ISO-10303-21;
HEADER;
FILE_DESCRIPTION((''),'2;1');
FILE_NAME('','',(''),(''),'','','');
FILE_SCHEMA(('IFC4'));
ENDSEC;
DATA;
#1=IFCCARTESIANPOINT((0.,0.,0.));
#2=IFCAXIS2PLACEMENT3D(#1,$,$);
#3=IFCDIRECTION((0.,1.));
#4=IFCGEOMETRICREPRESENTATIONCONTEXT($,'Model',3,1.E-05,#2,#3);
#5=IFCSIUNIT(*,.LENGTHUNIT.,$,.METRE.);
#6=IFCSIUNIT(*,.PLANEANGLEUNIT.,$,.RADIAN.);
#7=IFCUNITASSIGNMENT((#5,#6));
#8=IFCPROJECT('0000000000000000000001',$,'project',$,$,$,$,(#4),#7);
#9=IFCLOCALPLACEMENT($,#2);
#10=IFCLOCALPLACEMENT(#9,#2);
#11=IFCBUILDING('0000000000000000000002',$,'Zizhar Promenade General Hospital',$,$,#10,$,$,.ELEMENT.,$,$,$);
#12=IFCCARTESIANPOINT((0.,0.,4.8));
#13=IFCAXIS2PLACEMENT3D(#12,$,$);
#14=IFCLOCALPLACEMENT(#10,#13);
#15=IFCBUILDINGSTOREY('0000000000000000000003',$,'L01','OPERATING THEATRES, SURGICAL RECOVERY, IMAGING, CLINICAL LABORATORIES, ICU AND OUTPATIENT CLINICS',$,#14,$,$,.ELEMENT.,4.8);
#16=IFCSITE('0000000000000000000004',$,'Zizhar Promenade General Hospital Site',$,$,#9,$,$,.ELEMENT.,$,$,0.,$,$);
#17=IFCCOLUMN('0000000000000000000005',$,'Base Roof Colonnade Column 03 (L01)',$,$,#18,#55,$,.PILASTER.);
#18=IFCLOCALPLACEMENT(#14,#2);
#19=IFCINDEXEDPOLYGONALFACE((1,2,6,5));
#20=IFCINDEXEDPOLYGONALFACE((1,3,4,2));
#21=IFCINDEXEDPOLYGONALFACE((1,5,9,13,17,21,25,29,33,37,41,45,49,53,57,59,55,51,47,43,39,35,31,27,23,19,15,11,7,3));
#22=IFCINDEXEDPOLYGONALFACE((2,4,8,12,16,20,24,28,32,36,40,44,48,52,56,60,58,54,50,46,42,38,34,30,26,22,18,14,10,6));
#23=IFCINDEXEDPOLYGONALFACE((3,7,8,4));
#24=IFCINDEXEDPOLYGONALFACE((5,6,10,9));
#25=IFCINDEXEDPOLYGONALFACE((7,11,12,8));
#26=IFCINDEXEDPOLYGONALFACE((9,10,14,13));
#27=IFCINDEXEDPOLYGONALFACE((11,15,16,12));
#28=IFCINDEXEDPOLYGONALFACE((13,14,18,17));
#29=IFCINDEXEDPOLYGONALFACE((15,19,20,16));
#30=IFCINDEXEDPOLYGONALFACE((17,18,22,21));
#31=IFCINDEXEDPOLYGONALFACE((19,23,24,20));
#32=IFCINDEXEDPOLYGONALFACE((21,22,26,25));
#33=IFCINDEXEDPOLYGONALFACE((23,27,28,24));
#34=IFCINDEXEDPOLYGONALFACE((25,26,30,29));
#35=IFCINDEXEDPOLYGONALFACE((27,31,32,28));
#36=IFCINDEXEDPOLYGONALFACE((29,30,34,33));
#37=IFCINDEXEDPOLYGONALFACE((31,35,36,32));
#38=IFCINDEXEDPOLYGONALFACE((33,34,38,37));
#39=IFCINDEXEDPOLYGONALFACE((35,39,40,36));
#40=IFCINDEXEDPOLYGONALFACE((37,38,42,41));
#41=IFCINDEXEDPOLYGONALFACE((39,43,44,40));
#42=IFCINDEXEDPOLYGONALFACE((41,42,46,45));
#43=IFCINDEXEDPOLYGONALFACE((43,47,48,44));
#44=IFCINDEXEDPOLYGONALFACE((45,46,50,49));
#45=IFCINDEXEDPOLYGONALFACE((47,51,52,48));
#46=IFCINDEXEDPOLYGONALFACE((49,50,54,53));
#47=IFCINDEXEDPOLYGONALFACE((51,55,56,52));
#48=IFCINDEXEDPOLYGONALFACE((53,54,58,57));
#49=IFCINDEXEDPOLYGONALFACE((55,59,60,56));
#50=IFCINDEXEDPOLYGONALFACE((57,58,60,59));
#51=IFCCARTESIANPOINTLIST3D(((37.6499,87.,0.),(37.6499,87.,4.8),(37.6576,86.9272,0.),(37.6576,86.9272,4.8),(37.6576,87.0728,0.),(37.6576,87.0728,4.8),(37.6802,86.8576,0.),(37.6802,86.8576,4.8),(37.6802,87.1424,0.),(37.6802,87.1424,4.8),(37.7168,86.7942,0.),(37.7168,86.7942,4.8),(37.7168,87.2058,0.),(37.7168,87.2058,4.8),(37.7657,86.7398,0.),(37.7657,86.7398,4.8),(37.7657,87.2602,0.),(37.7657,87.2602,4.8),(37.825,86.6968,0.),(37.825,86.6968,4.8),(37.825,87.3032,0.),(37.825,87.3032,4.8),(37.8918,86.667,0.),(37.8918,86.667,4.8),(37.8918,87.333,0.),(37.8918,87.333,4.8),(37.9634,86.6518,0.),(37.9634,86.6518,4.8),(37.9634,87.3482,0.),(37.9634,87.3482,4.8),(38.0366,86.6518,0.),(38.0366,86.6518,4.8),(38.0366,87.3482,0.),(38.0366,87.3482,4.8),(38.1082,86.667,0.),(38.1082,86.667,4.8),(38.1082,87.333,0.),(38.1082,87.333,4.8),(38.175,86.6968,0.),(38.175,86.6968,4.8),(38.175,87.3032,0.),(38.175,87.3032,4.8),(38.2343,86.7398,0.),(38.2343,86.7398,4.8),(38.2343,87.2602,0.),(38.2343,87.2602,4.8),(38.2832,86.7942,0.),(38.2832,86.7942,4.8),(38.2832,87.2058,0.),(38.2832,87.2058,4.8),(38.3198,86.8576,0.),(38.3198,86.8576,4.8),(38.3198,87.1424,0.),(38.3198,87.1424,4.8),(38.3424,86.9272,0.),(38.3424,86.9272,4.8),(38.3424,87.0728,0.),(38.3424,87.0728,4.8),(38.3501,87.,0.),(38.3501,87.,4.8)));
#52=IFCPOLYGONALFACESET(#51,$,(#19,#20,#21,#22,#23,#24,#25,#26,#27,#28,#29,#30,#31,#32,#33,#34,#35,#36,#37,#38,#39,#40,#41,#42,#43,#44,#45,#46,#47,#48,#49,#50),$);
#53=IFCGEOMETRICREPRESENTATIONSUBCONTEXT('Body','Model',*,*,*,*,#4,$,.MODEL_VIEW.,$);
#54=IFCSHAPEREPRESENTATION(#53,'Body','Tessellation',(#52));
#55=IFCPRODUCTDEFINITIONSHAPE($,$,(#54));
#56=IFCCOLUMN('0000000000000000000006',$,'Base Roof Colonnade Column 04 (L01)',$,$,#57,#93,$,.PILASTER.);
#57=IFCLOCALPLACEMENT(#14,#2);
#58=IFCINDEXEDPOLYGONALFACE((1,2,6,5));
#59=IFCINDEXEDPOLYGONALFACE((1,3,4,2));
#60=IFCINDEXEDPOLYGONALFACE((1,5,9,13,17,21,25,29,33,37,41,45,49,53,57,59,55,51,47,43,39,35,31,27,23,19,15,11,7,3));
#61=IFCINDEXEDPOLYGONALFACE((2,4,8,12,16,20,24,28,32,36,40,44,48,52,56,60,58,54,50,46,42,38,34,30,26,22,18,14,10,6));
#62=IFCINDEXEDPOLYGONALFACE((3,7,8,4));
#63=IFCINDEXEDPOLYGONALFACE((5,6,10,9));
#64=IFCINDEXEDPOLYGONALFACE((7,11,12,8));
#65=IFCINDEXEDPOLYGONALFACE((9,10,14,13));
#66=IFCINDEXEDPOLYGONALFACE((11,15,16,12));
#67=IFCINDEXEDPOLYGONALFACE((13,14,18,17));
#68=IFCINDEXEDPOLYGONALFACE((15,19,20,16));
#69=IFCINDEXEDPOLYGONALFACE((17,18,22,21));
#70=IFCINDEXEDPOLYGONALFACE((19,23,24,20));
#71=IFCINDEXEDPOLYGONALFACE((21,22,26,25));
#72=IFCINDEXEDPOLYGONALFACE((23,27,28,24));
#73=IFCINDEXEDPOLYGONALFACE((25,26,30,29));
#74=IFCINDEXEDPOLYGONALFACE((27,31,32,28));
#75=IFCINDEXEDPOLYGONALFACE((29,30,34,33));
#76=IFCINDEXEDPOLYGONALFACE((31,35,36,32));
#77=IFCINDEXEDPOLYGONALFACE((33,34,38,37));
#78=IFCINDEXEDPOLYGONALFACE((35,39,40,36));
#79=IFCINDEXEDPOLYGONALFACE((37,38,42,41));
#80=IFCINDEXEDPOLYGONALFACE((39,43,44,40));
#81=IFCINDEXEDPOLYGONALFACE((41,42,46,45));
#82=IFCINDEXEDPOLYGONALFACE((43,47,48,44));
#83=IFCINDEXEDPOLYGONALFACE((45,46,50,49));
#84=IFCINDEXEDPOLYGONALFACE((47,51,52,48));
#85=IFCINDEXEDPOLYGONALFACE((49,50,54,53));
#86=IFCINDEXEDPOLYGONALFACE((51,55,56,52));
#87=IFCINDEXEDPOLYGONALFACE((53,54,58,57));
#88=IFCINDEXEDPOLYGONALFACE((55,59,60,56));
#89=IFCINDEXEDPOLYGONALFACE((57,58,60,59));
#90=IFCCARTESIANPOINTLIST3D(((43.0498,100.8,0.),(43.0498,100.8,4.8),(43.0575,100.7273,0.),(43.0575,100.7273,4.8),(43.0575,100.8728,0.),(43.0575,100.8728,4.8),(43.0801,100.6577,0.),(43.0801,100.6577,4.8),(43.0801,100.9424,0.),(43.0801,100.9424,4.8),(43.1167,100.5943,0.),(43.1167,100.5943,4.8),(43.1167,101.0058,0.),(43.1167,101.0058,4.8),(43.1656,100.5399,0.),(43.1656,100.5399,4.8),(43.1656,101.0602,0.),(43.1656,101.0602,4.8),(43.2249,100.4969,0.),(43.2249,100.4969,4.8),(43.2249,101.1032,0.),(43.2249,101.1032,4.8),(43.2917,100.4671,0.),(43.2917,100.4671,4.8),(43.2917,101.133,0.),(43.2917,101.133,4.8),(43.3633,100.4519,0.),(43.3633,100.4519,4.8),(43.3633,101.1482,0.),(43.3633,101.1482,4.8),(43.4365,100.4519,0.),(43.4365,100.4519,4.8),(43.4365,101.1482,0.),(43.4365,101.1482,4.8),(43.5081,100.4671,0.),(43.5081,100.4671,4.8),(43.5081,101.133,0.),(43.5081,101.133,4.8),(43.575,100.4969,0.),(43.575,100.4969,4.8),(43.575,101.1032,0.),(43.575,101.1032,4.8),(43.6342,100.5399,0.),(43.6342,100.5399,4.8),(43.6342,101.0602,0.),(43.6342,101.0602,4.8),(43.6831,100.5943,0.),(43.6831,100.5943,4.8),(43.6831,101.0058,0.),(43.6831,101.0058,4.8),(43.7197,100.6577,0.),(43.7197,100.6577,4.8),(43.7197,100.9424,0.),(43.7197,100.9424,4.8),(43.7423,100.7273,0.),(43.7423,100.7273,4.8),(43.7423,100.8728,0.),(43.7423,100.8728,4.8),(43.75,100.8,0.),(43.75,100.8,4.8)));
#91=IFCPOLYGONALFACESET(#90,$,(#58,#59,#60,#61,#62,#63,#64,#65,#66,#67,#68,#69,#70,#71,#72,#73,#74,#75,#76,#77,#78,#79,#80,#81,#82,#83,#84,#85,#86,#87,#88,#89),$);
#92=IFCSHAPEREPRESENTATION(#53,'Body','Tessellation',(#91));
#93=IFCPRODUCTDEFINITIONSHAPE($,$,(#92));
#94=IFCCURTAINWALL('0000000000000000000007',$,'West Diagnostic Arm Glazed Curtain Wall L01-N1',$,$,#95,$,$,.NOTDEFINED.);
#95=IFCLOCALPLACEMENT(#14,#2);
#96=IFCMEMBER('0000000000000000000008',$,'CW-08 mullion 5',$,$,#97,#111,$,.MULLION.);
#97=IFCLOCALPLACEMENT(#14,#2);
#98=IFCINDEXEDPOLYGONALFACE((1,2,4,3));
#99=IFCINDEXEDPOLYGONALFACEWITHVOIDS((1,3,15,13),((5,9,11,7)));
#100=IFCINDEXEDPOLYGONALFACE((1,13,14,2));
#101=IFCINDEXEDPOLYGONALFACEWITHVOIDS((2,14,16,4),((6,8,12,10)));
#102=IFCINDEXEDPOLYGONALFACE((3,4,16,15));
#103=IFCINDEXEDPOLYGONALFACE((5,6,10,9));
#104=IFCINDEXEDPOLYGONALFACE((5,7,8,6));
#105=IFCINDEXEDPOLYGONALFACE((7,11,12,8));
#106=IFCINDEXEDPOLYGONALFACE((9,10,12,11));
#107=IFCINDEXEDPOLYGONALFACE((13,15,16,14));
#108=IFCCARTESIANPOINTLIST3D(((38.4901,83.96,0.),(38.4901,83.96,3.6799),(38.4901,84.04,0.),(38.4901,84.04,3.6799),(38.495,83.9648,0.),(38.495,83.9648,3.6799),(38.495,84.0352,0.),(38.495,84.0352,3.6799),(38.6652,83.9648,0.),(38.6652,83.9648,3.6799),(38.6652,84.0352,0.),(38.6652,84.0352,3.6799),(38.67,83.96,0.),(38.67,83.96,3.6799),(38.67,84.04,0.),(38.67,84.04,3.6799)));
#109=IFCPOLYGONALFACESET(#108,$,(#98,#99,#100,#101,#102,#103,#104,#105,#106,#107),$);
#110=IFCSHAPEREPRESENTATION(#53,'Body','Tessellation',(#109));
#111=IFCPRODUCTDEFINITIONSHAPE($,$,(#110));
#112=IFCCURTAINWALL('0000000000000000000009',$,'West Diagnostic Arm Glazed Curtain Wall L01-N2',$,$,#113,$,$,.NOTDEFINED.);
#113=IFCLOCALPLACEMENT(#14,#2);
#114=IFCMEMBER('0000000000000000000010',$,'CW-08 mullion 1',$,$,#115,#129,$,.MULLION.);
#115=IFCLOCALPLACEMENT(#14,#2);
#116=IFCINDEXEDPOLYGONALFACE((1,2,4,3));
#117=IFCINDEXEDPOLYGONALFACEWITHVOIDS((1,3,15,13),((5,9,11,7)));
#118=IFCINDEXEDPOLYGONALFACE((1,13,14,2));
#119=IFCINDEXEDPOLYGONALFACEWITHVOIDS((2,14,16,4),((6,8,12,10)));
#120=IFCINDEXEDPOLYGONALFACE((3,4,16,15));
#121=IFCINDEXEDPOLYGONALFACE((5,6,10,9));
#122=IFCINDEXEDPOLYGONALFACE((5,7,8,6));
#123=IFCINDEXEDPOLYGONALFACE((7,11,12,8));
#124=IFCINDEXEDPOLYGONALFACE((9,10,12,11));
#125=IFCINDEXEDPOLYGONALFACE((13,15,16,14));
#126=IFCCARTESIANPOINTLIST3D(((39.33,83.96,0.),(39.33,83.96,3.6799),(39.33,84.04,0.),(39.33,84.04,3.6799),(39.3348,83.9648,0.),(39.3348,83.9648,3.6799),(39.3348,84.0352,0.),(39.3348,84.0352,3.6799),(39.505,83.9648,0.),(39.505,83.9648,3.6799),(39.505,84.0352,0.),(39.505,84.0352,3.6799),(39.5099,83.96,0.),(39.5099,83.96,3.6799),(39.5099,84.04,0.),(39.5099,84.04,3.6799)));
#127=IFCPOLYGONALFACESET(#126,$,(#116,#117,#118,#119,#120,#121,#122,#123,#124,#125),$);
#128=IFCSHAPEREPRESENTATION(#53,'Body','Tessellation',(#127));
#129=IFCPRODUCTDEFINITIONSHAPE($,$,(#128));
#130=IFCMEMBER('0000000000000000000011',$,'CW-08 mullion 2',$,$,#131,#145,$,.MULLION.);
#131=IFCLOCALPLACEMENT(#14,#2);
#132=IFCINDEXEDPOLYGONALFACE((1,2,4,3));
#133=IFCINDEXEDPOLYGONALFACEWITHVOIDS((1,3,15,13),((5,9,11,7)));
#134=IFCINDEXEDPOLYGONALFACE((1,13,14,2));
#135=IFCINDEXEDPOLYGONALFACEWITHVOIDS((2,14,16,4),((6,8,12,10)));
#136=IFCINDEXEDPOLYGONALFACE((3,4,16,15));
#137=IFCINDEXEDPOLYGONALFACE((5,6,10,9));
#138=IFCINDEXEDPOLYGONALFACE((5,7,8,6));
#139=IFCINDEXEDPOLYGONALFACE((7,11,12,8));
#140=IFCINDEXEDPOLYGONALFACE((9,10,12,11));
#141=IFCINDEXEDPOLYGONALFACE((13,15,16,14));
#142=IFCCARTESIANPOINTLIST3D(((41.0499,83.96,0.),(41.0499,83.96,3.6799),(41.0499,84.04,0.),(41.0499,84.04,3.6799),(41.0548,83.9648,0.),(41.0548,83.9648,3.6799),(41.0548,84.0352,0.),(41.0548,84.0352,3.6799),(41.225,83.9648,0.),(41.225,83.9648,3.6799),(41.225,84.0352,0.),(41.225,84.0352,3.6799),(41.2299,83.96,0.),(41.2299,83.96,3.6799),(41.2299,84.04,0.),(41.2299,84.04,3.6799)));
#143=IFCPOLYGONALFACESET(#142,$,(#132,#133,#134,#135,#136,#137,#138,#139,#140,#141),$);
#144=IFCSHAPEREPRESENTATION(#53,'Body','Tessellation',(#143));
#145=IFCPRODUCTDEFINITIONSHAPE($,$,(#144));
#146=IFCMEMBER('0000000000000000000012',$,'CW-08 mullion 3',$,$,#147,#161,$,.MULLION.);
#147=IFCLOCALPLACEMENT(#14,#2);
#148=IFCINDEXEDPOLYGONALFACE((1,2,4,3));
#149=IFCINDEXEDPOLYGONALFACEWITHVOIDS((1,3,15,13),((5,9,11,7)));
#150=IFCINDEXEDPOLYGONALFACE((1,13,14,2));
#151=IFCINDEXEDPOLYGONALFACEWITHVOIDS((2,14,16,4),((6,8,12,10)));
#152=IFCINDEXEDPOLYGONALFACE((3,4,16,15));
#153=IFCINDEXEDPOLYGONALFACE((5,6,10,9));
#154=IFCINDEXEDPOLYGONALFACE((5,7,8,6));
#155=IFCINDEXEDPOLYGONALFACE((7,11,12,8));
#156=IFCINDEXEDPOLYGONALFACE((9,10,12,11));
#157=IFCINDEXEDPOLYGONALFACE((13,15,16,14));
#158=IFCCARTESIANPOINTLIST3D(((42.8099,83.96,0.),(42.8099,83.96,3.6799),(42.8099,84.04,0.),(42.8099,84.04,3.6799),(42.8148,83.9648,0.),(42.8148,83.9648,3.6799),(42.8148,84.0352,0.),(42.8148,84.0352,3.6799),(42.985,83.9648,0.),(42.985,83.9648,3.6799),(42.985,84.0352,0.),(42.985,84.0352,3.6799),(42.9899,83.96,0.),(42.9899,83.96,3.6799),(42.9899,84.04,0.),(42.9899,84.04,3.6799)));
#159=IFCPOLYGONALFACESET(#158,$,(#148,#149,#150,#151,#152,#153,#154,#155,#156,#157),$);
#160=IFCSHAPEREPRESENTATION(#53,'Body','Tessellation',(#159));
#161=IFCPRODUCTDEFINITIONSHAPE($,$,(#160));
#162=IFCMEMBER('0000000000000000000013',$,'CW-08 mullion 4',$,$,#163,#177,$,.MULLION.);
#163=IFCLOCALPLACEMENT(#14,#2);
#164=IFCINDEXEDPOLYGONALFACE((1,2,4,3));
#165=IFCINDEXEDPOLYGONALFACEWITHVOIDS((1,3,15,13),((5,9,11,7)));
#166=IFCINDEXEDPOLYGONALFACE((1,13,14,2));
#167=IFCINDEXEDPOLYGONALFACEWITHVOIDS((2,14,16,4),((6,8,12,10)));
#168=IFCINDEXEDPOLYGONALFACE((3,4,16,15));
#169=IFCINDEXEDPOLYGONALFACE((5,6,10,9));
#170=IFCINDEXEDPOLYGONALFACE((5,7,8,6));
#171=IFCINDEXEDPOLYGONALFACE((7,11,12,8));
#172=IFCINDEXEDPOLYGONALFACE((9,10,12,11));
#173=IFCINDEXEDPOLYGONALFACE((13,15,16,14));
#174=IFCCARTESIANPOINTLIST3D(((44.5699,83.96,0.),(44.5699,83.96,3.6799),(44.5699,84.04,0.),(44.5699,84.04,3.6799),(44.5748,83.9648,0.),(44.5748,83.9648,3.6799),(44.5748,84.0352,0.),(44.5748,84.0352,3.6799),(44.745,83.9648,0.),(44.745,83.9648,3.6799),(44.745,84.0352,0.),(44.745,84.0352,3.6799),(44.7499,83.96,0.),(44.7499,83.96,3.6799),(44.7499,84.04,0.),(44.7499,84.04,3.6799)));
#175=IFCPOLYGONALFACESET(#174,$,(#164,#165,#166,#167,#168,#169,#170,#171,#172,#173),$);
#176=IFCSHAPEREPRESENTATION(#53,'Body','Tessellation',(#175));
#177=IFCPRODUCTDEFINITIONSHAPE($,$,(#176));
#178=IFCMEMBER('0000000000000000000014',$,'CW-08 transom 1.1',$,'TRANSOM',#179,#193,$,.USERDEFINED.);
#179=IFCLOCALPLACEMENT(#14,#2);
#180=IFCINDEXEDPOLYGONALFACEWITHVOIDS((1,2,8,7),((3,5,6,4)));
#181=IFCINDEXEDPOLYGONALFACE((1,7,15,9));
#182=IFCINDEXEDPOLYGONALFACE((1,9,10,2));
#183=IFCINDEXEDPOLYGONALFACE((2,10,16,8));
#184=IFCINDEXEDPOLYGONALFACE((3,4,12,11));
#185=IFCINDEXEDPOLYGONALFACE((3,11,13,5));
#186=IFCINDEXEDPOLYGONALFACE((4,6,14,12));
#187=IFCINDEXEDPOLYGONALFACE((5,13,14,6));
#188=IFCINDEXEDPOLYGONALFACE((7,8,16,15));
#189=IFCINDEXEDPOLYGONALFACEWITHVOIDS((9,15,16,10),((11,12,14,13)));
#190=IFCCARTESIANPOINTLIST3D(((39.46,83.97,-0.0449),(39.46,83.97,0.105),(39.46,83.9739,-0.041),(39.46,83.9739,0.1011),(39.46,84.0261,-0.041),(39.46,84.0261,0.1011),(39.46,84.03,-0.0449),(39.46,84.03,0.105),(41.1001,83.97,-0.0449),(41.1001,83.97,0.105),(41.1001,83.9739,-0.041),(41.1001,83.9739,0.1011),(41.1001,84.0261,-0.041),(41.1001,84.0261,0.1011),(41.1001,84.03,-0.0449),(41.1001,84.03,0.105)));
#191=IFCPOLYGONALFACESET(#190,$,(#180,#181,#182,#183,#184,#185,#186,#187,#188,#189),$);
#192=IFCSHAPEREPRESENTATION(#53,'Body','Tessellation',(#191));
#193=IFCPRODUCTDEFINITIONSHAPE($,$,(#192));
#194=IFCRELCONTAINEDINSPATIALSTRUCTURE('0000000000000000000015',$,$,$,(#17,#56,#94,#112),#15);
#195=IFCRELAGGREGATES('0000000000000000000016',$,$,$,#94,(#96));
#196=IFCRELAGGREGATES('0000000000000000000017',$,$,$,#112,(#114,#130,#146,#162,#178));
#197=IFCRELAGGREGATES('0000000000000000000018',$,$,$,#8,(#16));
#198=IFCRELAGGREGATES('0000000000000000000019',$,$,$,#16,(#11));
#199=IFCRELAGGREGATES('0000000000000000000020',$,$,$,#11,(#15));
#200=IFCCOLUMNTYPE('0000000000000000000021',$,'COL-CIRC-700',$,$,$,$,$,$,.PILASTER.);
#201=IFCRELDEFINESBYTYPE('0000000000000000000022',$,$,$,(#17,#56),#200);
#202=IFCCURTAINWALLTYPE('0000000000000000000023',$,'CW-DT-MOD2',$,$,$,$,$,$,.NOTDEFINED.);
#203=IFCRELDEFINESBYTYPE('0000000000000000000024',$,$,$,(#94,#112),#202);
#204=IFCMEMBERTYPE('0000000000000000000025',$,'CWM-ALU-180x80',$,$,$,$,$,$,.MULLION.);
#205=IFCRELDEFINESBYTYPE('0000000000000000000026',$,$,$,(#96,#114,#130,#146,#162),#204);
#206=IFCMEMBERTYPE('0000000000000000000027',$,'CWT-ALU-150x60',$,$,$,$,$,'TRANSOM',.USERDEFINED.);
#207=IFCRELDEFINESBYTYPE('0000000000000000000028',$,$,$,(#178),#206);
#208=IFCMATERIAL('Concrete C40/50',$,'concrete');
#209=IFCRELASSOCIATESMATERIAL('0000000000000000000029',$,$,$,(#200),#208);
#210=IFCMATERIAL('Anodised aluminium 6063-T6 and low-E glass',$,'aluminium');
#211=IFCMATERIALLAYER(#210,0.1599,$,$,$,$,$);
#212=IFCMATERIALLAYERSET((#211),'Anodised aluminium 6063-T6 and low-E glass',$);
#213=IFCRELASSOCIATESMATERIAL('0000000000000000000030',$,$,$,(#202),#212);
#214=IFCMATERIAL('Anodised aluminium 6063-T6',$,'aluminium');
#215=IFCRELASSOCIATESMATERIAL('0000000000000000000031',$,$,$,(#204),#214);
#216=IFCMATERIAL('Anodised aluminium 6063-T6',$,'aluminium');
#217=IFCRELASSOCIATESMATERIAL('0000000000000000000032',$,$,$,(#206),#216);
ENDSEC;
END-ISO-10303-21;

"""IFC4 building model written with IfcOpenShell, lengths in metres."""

from ifc_helpers import new_model, si_unit, direction, frame, origin, origin_2d, place, context, subcontext, project, spatial, hollow_rectangle, circle, extrude, material, layer, layer_set, material_profile, profile_set, type_object, element, aggregate, save


model = new_model("IFC4")

# Units and contexts
model_context = context("Model", 3, precision=1e-05, world=origin(), true_north=direction((0.0, 1.0)))
body_context = subcontext(model_context, "Body", "Model", "MODEL_VIEW")
ifc_project = project(units=[si_unit("LENGTHUNIT", "METRE"), si_unit("PLANEANGLEUNIT", "RADIAN")], contexts=[model_context])

# Site, building, storey
site_placement = place(None, origin())
site = spatial("IfcSite", under=ifc_project, at=site_placement, Name="Zizhar Promenade General Hospital Site", CompositionType="ELEMENT", RefElevation=0.0)
building_placement = place(site_placement, origin())
building = spatial("IfcBuilding", under=site, at=building_placement, Name="Zizhar Promenade General Hospital", CompositionType="ELEMENT")
storey_placement = place(building_placement, frame((0.0, 0.0, 4.8)))
storey = spatial("IfcBuildingStorey", under=building, at=storey_placement, Name="L01", Description="OPERATING THEATRES, SURGICAL RECOVERY, IMAGING, CLINICAL LABORATORIES, ICU AND OUTPATIENT CLINICS", CompositionType="ELEMENT", Elevation=4.8)

# Columns
ifc_material_1 = material(Name="Concrete C40/50", Category="concrete")
ifc_material_profile_1 = material_profile(ifc_material_1, circle(Radius=0.3501, at=origin_2d()))
ifc_profile_set_1 = profile_set([ifc_material_profile_1], Name="Concrete C40/50")
column_type = type_object("IfcColumnType", Name="COL-CIRC-700", PredefinedType="PILASTER", material=ifc_profile_set_1)
for number, where, z_axis, x_axis, name in (
    (1, (38.0, 87.0, 0.0), (0.0, 0.0, 1.0), (1.0, 0.0, 0.0), "Base Roof Colonnade Column 03 (L01)"),
    (2, (43.3999, 100.8, 0.0), (0.0, 0.0, 1.0), (1.0, 0.0, 0.0), "Base Roof Colonnade Column 04 (L01)"),
):
    element("IfcColumn", number, at=place(storey_placement, frame(where, z_axis=z_axis, x_axis=x_axis)), inside=storey, type_object=column_type, Name=name, PredefinedType="PILASTER", context=body_context, shape_type="SweptSolid", body=[
        extrude(circle(Radius=0.3501, at=origin_2d()), origin(), (0.0, 0.0, 1.0), 4.8),
    ])

# Curtain wall, member
ifc_material_2 = material(Name="Anodised aluminium 6063-T6 and low-E glass", Category="aluminium")
ifc_layer_1 = layer(ifc_material_2, 0.1599)
ifc_layer_set_1 = layer_set([ifc_layer_1], Name="Anodised aluminium 6063-T6 and low-E glass")
curtain_wall_type = type_object("IfcCurtainWallType", Name="CW-DT-MOD2", PredefinedType="NOTDEFINED", material=ifc_layer_set_1)
curtain_wall_1_placement = place(storey_placement, origin())
curtain_wall_1 = element("IfcCurtainWall", 3, at=curtain_wall_1_placement, inside=storey, type_object=curtain_wall_type, Name="West Diagnostic Arm Glazed Curtain Wall L01-N1", PredefinedType="NOTDEFINED")
ifc_material_3 = material(Name="Anodised aluminium 6063-T6", Category="aluminium")
ifc_material_profile_2 = material_profile(ifc_material_3, hollow_rectangle(XDim=0.0801, YDim=0.1799, WallThickness=0.0049, at=origin_2d()))
ifc_profile_set_2 = profile_set([ifc_material_profile_2], Name="Anodised aluminium 6063-T6")
member_type_1 = type_object("IfcMemberType", Name="CWM-ALU-180x80", PredefinedType="MULLION", material=ifc_profile_set_2)
member_1_placement = place(storey_placement, frame((38.5801, 84.0, 0.0), z_axis=(0.0, 0.0, 1.0), x_axis=(0.0, 1.0, 0.0)))
member_1 = element("IfcMember", 4, at=member_1_placement, type_object=member_type_1, Name="CW-08 mullion 5", PredefinedType="MULLION", context=body_context, shape_type="SweptSolid", body=[
    extrude(hollow_rectangle(XDim=0.0801, YDim=0.1799, WallThickness=0.0049, at=origin_2d()), origin(), (0.0, 0.0, 1.0), 3.6799),
])
aggregate(curtain_wall_1, [member_1])

# Curtain wall, members
curtain_wall_2_placement = place(storey_placement, origin())
curtain_wall_2 = element("IfcCurtainWall", 5, at=curtain_wall_2_placement, inside=storey, type_object=curtain_wall_type, Name="West Diagnostic Arm Glazed Curtain Wall L01-N2", PredefinedType="NOTDEFINED")
member_2_placement = place(storey_placement, frame((39.4199, 84.0, 0.0), z_axis=(0.0, 0.0, 1.0), x_axis=(0.0, 1.0, 0.0)))
member_2 = element("IfcMember", 6, at=member_2_placement, type_object=member_type_1, Name="CW-08 mullion 1", PredefinedType="MULLION", context=body_context, shape_type="SweptSolid", body=[
    extrude(hollow_rectangle(XDim=0.0801, YDim=0.1799, WallThickness=0.0049, at=origin_2d()), origin(), (0.0, 0.0, 1.0), 3.6799),
])
member_3_placement = place(storey_placement, frame((41.1399, 84.0, 0.0), z_axis=(0.0, 0.0, 1.0), x_axis=(0.0, 1.0, 0.0)))
member_3 = element("IfcMember", 7, at=member_3_placement, type_object=member_type_1, Name="CW-08 mullion 2", PredefinedType="MULLION", context=body_context, shape_type="SweptSolid", body=[
    extrude(hollow_rectangle(XDim=0.0801, YDim=0.1799, WallThickness=0.0049, at=origin_2d()), origin(), (0.0, 0.0, 1.0), 3.6799),
])
member_4_placement = place(storey_placement, frame((42.8999, 84.0, 0.0), z_axis=(0.0, 0.0, 1.0), x_axis=(0.0, 1.0, 0.0)))
member_4 = element("IfcMember", 8, at=member_4_placement, type_object=member_type_1, Name="CW-08 mullion 3", PredefinedType="MULLION", context=body_context, shape_type="SweptSolid", body=[
    extrude(hollow_rectangle(XDim=0.0801, YDim=0.1799, WallThickness=0.0049, at=origin_2d()), origin(), (0.0, 0.0, 1.0), 3.6799),
])
member_5_placement = place(storey_placement, frame((44.6599, 84.0, 0.0), z_axis=(0.0, 0.0, 1.0), x_axis=(0.0, 1.0, 0.0)))
member_5 = element("IfcMember", 9, at=member_5_placement, type_object=member_type_1, Name="CW-08 mullion 4", PredefinedType="MULLION", context=body_context, shape_type="SweptSolid", body=[
    extrude(hollow_rectangle(XDim=0.0801, YDim=0.1799, WallThickness=0.0049, at=origin_2d()), origin(), (0.0, 0.0, 1.0), 3.6799),
])
ifc_material_4 = material(Name="Anodised aluminium 6063-T6", Category="aluminium")
ifc_material_profile_3 = material_profile(ifc_material_4, hollow_rectangle(XDim=0.0601, YDim=0.1499, WallThickness=0.0039, at=origin_2d()))
ifc_profile_set_3 = profile_set([ifc_material_profile_3], Name="Anodised aluminium 6063-T6")
member_type_2 = type_object("IfcMemberType", Name="CWT-ALU-150x60", ElementType="TRANSOM", PredefinedType="USERDEFINED", material=ifc_profile_set_3)
member_6_placement = place(storey_placement, frame((39.46, 84.0, 0.03), z_axis=(1.0, 0.0, 0.0), x_axis=(0.0, 1.0, 0.0)))
member_6 = element("IfcMember", 10, at=member_6_placement, type_object=member_type_2, Name="CW-08 transom 1.1", ObjectType="TRANSOM", PredefinedType="USERDEFINED", context=body_context, shape_type="SweptSolid", body=[
    extrude(hollow_rectangle(XDim=0.0601, YDim=0.1499, WallThickness=0.0039, at=origin_2d()), origin(), (0.0, 0.0, 1.0), 1.6401),
])
aggregate(curtain_wall_2, [member_2, member_3, member_4, member_5, member_6])

save(model, "model.ifc")
